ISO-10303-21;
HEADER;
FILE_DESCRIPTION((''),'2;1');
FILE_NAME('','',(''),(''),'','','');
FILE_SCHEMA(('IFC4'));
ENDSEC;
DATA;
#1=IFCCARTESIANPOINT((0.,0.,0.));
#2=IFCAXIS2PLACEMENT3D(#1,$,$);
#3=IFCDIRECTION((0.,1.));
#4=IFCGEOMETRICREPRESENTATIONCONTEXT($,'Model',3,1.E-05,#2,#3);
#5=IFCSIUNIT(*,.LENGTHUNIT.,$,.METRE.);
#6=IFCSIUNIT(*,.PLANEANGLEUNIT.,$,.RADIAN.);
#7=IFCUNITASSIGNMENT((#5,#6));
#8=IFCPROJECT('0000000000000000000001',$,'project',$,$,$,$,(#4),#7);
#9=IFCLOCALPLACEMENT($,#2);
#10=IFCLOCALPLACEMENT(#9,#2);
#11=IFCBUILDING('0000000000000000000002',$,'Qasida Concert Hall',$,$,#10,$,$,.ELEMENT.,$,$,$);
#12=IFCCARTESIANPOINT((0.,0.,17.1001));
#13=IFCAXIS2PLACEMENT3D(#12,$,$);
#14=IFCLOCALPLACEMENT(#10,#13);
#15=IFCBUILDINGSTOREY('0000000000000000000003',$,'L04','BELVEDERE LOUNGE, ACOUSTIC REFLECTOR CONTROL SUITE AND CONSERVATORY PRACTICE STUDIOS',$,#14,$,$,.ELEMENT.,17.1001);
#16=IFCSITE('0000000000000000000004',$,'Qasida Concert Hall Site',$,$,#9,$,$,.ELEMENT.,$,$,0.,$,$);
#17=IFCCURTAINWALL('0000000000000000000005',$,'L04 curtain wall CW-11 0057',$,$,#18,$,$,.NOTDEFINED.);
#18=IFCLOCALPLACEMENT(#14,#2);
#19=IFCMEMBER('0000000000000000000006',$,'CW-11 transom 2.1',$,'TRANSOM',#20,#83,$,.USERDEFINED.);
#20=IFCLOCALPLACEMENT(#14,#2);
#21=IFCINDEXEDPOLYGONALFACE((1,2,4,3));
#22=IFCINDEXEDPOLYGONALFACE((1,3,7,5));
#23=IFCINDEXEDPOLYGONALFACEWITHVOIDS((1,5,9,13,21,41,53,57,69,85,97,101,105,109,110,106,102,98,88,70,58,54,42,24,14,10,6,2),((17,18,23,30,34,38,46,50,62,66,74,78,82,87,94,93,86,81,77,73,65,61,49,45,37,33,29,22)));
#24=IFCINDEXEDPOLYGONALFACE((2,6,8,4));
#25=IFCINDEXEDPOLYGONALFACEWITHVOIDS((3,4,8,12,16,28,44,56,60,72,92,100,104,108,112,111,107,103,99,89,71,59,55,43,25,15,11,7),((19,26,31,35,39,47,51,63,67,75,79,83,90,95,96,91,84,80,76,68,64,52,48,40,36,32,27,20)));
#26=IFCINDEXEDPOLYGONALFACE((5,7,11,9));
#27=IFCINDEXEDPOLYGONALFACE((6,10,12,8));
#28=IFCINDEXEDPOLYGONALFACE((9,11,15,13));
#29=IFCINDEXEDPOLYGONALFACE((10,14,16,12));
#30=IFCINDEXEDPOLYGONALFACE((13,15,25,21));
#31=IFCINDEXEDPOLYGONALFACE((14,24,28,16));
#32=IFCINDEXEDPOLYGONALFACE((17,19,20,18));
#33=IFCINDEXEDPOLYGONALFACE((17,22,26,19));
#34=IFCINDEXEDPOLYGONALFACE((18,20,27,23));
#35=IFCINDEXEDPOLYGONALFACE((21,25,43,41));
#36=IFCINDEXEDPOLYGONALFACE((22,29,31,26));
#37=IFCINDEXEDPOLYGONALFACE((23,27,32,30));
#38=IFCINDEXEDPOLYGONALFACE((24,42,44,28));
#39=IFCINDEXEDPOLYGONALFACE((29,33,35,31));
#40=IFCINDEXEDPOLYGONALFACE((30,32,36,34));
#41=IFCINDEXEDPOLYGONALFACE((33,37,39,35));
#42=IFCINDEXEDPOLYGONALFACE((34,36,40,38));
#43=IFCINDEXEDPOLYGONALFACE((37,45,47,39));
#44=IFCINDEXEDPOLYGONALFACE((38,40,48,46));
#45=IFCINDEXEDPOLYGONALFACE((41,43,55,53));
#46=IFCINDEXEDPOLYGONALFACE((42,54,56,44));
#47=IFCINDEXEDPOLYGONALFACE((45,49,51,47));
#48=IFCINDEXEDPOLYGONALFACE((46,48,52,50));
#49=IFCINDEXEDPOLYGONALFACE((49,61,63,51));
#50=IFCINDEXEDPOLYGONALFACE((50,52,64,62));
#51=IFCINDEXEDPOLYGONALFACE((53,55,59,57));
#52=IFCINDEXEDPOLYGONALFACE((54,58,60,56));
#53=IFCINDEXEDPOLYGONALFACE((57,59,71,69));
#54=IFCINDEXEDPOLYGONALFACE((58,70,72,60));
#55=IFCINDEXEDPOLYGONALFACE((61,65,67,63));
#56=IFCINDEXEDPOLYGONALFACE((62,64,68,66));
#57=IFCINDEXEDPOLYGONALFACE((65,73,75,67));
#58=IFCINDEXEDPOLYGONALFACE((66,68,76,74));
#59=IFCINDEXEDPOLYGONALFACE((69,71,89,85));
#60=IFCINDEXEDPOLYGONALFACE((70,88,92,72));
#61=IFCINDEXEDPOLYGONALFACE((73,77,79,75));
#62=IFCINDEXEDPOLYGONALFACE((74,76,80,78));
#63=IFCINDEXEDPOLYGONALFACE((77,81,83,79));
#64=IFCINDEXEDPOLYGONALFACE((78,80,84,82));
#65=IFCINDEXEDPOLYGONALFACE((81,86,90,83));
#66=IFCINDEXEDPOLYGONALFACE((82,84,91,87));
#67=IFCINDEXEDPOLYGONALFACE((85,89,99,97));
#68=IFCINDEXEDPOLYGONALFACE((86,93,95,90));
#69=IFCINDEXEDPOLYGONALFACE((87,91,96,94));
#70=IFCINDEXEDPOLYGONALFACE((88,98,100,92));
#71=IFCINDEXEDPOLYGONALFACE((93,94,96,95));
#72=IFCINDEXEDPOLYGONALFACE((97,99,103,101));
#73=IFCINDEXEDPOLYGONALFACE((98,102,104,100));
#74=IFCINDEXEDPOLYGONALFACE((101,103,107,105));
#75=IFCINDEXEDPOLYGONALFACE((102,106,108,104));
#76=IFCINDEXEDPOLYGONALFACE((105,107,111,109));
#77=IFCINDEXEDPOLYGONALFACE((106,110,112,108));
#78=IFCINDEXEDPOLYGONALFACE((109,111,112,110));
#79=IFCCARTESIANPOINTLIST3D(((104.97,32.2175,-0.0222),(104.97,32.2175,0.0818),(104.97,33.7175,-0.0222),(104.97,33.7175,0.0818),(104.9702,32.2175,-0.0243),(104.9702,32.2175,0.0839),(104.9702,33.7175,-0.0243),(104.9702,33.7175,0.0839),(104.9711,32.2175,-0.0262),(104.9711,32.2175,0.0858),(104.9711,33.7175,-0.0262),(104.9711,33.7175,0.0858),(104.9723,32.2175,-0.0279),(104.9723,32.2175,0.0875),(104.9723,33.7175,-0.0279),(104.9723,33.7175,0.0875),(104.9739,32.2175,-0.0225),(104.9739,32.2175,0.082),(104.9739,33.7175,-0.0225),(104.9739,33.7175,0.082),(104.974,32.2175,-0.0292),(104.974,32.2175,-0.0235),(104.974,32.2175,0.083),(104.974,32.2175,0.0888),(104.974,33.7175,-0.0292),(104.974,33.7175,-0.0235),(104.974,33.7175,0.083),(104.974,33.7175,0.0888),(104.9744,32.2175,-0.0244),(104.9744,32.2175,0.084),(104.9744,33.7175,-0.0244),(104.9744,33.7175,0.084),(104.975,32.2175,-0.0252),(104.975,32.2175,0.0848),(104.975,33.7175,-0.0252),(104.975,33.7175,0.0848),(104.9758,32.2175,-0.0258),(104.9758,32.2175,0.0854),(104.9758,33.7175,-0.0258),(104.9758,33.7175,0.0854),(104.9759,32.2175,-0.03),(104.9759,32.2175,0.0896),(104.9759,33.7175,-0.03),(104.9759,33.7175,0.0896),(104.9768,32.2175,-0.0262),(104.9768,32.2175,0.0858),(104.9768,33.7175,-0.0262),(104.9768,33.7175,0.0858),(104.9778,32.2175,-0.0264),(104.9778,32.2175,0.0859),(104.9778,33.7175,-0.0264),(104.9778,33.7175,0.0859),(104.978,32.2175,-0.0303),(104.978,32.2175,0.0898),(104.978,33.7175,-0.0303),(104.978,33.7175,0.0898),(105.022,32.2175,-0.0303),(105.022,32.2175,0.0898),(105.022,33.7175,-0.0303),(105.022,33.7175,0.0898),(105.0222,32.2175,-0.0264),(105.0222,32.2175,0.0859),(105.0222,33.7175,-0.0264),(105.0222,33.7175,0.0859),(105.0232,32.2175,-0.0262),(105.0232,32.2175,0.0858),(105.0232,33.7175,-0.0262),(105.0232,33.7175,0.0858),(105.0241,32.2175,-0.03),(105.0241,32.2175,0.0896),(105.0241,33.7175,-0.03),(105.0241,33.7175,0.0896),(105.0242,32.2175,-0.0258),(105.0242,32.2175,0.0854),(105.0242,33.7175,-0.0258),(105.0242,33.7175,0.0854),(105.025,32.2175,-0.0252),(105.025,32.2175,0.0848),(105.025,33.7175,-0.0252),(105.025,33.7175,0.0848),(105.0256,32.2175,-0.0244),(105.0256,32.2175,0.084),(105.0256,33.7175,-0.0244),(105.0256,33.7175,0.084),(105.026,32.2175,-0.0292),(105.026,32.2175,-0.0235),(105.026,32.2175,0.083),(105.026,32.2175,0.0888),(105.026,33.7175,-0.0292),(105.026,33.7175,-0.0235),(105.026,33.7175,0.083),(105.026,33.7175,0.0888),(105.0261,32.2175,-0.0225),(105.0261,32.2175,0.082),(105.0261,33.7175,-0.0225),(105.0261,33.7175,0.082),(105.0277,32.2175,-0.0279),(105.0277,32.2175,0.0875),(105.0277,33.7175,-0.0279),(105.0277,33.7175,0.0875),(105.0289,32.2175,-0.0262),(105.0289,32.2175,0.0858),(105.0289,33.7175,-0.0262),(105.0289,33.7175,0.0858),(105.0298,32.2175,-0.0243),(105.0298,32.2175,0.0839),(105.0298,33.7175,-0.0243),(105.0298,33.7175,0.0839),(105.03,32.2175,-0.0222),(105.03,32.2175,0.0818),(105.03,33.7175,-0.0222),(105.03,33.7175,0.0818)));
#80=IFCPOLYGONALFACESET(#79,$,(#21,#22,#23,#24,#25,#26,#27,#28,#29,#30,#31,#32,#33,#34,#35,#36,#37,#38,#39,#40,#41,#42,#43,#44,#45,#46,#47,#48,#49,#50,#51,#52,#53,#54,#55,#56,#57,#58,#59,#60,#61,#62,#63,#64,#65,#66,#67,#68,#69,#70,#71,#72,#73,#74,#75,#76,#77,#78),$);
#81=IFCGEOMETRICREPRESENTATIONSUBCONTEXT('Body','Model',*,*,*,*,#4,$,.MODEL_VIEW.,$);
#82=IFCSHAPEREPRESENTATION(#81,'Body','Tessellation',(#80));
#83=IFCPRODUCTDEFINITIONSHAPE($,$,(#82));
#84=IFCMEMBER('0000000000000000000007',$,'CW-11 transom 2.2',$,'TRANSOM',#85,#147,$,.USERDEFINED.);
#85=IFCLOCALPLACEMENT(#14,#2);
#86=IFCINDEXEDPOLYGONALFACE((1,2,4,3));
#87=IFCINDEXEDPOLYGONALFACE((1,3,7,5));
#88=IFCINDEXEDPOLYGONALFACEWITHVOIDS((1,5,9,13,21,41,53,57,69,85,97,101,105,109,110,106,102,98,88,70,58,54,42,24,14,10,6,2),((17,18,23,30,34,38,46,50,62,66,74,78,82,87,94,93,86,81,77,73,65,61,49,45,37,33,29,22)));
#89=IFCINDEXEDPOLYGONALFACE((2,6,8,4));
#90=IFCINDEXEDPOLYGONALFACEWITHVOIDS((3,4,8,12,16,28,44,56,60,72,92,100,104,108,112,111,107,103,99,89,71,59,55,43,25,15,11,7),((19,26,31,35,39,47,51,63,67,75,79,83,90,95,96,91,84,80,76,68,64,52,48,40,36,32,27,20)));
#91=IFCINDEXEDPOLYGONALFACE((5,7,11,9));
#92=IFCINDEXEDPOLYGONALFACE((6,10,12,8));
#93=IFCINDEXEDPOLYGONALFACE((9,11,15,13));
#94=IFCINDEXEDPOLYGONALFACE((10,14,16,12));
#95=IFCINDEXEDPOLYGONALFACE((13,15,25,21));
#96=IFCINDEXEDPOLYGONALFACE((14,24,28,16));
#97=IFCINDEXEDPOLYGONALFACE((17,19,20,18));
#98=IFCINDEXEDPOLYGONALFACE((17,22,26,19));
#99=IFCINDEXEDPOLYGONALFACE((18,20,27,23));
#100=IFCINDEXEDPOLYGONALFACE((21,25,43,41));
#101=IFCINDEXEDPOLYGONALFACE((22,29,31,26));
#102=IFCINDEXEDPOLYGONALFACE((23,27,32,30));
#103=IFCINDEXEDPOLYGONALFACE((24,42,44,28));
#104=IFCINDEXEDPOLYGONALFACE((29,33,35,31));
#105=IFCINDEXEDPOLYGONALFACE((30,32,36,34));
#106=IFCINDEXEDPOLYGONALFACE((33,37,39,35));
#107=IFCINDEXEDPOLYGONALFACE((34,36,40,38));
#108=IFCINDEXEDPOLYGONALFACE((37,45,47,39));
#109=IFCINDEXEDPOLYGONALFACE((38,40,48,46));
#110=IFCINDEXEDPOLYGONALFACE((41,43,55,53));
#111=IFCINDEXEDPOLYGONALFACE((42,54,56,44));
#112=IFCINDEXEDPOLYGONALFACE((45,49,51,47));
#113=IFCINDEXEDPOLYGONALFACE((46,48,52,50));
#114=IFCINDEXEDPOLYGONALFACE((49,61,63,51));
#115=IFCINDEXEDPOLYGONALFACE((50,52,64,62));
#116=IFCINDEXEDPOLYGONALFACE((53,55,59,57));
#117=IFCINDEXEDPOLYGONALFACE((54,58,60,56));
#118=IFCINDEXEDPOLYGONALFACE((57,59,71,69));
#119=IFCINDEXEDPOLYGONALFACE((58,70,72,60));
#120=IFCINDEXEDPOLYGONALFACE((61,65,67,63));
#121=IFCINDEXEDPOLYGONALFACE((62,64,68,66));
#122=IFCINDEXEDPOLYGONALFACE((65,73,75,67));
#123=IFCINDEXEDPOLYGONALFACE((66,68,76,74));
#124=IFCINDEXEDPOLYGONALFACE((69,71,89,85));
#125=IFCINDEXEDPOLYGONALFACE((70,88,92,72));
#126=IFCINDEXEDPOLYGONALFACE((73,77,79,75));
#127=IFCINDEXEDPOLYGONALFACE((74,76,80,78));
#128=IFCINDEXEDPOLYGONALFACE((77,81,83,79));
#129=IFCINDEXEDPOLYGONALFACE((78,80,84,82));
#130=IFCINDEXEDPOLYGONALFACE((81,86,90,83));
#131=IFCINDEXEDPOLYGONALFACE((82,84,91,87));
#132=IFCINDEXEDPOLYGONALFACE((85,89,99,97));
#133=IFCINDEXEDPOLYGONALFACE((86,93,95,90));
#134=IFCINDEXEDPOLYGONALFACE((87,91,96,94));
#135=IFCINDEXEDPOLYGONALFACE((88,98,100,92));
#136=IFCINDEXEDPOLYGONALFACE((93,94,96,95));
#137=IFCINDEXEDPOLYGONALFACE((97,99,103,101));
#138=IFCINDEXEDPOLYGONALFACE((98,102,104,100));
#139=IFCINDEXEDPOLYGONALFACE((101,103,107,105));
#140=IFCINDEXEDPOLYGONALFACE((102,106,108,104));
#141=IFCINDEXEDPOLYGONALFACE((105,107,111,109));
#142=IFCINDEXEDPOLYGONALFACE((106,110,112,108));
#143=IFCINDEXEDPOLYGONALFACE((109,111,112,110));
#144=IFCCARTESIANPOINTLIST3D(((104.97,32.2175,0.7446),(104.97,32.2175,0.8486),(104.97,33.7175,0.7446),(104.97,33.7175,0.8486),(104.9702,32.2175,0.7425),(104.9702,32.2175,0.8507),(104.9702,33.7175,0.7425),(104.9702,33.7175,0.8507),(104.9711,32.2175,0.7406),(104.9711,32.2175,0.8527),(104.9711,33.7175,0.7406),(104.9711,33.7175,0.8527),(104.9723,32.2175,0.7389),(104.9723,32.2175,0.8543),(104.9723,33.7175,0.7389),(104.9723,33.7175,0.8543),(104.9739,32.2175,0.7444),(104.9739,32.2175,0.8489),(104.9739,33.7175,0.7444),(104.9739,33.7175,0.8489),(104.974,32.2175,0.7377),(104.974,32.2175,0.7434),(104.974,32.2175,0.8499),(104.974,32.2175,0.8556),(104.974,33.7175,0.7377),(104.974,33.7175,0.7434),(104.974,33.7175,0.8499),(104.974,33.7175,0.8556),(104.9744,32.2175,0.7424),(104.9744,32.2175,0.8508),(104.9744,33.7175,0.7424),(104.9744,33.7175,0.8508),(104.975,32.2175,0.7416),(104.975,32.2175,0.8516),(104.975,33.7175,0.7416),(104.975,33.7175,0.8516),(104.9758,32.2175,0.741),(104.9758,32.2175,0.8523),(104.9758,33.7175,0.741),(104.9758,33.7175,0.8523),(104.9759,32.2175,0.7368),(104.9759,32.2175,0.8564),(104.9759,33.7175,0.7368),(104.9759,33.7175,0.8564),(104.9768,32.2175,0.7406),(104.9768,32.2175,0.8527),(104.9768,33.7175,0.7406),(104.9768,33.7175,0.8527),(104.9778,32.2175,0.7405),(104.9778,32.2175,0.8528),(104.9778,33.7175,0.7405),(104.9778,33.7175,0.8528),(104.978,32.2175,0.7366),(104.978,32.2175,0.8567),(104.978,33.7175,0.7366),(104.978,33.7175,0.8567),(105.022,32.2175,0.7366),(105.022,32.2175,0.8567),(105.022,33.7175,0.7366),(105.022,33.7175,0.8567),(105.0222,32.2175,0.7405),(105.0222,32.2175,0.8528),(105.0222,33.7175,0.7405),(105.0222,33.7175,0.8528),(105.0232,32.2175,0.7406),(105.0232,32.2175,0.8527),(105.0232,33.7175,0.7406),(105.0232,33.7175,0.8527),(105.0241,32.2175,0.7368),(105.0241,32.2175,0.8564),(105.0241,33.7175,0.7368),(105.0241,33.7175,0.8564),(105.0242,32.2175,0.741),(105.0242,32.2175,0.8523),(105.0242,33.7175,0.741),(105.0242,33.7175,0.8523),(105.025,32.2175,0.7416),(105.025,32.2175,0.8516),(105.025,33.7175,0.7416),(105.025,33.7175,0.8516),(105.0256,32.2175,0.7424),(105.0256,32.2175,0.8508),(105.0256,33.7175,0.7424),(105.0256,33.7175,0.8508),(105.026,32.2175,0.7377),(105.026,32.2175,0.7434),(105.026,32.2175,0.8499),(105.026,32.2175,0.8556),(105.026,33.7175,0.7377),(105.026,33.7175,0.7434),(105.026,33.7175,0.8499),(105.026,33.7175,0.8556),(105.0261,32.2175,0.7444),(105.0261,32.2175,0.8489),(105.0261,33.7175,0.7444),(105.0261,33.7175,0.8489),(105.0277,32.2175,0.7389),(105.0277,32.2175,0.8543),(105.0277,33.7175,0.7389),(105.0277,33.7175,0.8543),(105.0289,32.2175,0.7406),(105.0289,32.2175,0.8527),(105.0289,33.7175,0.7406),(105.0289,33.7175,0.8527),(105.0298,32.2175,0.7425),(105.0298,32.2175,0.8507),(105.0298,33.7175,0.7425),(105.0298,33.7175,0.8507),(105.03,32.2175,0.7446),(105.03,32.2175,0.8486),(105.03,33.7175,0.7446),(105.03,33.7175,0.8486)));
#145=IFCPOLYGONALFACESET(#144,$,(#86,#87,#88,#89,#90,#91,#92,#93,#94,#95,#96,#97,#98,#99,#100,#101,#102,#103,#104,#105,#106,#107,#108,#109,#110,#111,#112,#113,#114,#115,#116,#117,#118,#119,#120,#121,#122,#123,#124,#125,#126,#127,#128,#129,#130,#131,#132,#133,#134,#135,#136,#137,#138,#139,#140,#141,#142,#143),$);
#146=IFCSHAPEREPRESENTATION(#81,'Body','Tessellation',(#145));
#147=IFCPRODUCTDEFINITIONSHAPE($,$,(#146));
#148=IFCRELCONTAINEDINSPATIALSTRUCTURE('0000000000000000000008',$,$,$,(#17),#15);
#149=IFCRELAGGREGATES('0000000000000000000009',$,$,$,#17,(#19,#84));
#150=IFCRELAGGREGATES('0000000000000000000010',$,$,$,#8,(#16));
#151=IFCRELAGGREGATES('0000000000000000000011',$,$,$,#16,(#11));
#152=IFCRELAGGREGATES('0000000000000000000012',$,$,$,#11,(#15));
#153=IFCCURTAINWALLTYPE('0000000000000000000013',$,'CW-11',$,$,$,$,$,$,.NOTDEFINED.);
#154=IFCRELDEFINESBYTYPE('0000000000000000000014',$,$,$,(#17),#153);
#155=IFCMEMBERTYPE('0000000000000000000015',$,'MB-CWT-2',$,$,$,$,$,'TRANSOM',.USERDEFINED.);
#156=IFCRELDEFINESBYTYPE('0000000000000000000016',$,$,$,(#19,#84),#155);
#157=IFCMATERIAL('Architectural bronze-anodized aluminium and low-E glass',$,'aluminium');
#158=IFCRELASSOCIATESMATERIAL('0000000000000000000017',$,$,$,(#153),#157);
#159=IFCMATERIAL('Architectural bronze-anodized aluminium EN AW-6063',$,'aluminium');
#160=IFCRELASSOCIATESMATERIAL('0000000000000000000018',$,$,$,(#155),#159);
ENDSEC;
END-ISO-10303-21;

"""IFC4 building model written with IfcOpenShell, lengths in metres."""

from ifc_helpers import new_model, si_unit, direction, frame, origin, origin_2d, place, context, subcontext, project, spatial, hollow_rectangle, extrude, material, material_profile, profile_set, type_object, element, aggregate, save


model = new_model("IFC4")

# Units and contexts
model_context = context("Model", 3, precision=1e-05, world=origin(), true_north=direction((0.0, 1.0)))
body_context = subcontext(model_context, "Body", "Model", "MODEL_VIEW")
ifc_project = project(units=[si_unit("LENGTHUNIT", "METRE"), si_unit("PLANEANGLEUNIT", "RADIAN")], contexts=[model_context])

# Site, building, storey
site_placement = place(None, origin())
site = spatial("IfcSite", under=ifc_project, at=site_placement, Name="Qasida Concert Hall Site", CompositionType="ELEMENT", RefElevation=0.0)
building_placement = place(site_placement, origin())
building = spatial("IfcBuilding", under=site, at=building_placement, Name="Qasida Concert Hall", CompositionType="ELEMENT")
storey_placement = place(building_placement, frame((0.0, 0.0, 17.1001)))
storey = spatial("IfcBuildingStorey", under=building, at=storey_placement, Name="L04", Description="BELVEDERE LOUNGE, ACOUSTIC REFLECTOR CONTROL SUITE AND CONSERVATORY PRACTICE STUDIOS", CompositionType="ELEMENT", Elevation=17.1001)

# Curtain wall, members
ifc_material_1 = material(Name="Architectural bronze-anodized aluminium and low-E glass", Category="aluminium")
curtain_wall_type = type_object("IfcCurtainWallType", Name="CW-11", PredefinedType="NOTDEFINED", material=ifc_material_1)
curtain_wall_placement = place(storey_placement, origin())
curtain_wall = element("IfcCurtainWall", 1, at=curtain_wall_placement, inside=storey, type_object=curtain_wall_type, Name="L04 curtain wall CW-11 0057", PredefinedType="NOTDEFINED")
ifc_material_2 = material(Name="Architectural bronze-anodized aluminium EN AW-6063", Category="aluminium")
ifc_material_profile_1 = material_profile(ifc_material_2, hollow_rectangle(XDim=0.0601, YDim=0.1201, WallThickness=0.0039, InnerFilletRadius=0.0039, OuterFilletRadius=0.0081, at=origin_2d()), Name="CWT 120x60x4")
ifc_profile_set_1 = profile_set([ifc_material_profile_1], Name="Architectural bronze-anodized aluminium EN AW-6063")
member_type_1 = type_object("IfcMemberType", Name="MB-CWT-2", ElementType="TRANSOM", PredefinedType="USERDEFINED", material=ifc_profile_set_1)
member_1_placement = place(storey_placement, frame((105.0, 32.2175, 0.0298), z_axis=(0.0, 1.0, 0.0), x_axis=(-1.0, 0.0, 0.0)))
member_1 = element("IfcMember", 2, at=member_1_placement, type_object=member_type_1, Name="CW-11 transom 2.1", ObjectType="TRANSOM", PredefinedType="USERDEFINED", context=body_context, shape_type="SweptSolid", body=[
    extrude(hollow_rectangle(XDim=0.0601, YDim=0.1201, WallThickness=0.0039, InnerFilletRadius=0.0039, OuterFilletRadius=0.0081, at=origin_2d()), origin(), (0.0, 0.0, 1.0), 1.5),
])
member_2_placement = place(storey_placement, frame((105.0, 32.2175, 0.7966), z_axis=(0.0, 1.0, 0.0), x_axis=(-1.0, 0.0, 0.0)))
member_2 = element("IfcMember", 3, at=member_2_placement, type_object=member_type_1, Name="CW-11 transom 2.2", ObjectType="TRANSOM", PredefinedType="USERDEFINED", context=body_context, shape_type="SweptSolid", body=[
    extrude(hollow_rectangle(XDim=0.0601, YDim=0.1201, WallThickness=0.0039, InnerFilletRadius=0.0039, OuterFilletRadius=0.0081, at=origin_2d()), origin(), (0.0, 0.0, 1.0), 1.5),
])
aggregate(curtain_wall, [member_1, member_2])

save(model, "model.ifc")
